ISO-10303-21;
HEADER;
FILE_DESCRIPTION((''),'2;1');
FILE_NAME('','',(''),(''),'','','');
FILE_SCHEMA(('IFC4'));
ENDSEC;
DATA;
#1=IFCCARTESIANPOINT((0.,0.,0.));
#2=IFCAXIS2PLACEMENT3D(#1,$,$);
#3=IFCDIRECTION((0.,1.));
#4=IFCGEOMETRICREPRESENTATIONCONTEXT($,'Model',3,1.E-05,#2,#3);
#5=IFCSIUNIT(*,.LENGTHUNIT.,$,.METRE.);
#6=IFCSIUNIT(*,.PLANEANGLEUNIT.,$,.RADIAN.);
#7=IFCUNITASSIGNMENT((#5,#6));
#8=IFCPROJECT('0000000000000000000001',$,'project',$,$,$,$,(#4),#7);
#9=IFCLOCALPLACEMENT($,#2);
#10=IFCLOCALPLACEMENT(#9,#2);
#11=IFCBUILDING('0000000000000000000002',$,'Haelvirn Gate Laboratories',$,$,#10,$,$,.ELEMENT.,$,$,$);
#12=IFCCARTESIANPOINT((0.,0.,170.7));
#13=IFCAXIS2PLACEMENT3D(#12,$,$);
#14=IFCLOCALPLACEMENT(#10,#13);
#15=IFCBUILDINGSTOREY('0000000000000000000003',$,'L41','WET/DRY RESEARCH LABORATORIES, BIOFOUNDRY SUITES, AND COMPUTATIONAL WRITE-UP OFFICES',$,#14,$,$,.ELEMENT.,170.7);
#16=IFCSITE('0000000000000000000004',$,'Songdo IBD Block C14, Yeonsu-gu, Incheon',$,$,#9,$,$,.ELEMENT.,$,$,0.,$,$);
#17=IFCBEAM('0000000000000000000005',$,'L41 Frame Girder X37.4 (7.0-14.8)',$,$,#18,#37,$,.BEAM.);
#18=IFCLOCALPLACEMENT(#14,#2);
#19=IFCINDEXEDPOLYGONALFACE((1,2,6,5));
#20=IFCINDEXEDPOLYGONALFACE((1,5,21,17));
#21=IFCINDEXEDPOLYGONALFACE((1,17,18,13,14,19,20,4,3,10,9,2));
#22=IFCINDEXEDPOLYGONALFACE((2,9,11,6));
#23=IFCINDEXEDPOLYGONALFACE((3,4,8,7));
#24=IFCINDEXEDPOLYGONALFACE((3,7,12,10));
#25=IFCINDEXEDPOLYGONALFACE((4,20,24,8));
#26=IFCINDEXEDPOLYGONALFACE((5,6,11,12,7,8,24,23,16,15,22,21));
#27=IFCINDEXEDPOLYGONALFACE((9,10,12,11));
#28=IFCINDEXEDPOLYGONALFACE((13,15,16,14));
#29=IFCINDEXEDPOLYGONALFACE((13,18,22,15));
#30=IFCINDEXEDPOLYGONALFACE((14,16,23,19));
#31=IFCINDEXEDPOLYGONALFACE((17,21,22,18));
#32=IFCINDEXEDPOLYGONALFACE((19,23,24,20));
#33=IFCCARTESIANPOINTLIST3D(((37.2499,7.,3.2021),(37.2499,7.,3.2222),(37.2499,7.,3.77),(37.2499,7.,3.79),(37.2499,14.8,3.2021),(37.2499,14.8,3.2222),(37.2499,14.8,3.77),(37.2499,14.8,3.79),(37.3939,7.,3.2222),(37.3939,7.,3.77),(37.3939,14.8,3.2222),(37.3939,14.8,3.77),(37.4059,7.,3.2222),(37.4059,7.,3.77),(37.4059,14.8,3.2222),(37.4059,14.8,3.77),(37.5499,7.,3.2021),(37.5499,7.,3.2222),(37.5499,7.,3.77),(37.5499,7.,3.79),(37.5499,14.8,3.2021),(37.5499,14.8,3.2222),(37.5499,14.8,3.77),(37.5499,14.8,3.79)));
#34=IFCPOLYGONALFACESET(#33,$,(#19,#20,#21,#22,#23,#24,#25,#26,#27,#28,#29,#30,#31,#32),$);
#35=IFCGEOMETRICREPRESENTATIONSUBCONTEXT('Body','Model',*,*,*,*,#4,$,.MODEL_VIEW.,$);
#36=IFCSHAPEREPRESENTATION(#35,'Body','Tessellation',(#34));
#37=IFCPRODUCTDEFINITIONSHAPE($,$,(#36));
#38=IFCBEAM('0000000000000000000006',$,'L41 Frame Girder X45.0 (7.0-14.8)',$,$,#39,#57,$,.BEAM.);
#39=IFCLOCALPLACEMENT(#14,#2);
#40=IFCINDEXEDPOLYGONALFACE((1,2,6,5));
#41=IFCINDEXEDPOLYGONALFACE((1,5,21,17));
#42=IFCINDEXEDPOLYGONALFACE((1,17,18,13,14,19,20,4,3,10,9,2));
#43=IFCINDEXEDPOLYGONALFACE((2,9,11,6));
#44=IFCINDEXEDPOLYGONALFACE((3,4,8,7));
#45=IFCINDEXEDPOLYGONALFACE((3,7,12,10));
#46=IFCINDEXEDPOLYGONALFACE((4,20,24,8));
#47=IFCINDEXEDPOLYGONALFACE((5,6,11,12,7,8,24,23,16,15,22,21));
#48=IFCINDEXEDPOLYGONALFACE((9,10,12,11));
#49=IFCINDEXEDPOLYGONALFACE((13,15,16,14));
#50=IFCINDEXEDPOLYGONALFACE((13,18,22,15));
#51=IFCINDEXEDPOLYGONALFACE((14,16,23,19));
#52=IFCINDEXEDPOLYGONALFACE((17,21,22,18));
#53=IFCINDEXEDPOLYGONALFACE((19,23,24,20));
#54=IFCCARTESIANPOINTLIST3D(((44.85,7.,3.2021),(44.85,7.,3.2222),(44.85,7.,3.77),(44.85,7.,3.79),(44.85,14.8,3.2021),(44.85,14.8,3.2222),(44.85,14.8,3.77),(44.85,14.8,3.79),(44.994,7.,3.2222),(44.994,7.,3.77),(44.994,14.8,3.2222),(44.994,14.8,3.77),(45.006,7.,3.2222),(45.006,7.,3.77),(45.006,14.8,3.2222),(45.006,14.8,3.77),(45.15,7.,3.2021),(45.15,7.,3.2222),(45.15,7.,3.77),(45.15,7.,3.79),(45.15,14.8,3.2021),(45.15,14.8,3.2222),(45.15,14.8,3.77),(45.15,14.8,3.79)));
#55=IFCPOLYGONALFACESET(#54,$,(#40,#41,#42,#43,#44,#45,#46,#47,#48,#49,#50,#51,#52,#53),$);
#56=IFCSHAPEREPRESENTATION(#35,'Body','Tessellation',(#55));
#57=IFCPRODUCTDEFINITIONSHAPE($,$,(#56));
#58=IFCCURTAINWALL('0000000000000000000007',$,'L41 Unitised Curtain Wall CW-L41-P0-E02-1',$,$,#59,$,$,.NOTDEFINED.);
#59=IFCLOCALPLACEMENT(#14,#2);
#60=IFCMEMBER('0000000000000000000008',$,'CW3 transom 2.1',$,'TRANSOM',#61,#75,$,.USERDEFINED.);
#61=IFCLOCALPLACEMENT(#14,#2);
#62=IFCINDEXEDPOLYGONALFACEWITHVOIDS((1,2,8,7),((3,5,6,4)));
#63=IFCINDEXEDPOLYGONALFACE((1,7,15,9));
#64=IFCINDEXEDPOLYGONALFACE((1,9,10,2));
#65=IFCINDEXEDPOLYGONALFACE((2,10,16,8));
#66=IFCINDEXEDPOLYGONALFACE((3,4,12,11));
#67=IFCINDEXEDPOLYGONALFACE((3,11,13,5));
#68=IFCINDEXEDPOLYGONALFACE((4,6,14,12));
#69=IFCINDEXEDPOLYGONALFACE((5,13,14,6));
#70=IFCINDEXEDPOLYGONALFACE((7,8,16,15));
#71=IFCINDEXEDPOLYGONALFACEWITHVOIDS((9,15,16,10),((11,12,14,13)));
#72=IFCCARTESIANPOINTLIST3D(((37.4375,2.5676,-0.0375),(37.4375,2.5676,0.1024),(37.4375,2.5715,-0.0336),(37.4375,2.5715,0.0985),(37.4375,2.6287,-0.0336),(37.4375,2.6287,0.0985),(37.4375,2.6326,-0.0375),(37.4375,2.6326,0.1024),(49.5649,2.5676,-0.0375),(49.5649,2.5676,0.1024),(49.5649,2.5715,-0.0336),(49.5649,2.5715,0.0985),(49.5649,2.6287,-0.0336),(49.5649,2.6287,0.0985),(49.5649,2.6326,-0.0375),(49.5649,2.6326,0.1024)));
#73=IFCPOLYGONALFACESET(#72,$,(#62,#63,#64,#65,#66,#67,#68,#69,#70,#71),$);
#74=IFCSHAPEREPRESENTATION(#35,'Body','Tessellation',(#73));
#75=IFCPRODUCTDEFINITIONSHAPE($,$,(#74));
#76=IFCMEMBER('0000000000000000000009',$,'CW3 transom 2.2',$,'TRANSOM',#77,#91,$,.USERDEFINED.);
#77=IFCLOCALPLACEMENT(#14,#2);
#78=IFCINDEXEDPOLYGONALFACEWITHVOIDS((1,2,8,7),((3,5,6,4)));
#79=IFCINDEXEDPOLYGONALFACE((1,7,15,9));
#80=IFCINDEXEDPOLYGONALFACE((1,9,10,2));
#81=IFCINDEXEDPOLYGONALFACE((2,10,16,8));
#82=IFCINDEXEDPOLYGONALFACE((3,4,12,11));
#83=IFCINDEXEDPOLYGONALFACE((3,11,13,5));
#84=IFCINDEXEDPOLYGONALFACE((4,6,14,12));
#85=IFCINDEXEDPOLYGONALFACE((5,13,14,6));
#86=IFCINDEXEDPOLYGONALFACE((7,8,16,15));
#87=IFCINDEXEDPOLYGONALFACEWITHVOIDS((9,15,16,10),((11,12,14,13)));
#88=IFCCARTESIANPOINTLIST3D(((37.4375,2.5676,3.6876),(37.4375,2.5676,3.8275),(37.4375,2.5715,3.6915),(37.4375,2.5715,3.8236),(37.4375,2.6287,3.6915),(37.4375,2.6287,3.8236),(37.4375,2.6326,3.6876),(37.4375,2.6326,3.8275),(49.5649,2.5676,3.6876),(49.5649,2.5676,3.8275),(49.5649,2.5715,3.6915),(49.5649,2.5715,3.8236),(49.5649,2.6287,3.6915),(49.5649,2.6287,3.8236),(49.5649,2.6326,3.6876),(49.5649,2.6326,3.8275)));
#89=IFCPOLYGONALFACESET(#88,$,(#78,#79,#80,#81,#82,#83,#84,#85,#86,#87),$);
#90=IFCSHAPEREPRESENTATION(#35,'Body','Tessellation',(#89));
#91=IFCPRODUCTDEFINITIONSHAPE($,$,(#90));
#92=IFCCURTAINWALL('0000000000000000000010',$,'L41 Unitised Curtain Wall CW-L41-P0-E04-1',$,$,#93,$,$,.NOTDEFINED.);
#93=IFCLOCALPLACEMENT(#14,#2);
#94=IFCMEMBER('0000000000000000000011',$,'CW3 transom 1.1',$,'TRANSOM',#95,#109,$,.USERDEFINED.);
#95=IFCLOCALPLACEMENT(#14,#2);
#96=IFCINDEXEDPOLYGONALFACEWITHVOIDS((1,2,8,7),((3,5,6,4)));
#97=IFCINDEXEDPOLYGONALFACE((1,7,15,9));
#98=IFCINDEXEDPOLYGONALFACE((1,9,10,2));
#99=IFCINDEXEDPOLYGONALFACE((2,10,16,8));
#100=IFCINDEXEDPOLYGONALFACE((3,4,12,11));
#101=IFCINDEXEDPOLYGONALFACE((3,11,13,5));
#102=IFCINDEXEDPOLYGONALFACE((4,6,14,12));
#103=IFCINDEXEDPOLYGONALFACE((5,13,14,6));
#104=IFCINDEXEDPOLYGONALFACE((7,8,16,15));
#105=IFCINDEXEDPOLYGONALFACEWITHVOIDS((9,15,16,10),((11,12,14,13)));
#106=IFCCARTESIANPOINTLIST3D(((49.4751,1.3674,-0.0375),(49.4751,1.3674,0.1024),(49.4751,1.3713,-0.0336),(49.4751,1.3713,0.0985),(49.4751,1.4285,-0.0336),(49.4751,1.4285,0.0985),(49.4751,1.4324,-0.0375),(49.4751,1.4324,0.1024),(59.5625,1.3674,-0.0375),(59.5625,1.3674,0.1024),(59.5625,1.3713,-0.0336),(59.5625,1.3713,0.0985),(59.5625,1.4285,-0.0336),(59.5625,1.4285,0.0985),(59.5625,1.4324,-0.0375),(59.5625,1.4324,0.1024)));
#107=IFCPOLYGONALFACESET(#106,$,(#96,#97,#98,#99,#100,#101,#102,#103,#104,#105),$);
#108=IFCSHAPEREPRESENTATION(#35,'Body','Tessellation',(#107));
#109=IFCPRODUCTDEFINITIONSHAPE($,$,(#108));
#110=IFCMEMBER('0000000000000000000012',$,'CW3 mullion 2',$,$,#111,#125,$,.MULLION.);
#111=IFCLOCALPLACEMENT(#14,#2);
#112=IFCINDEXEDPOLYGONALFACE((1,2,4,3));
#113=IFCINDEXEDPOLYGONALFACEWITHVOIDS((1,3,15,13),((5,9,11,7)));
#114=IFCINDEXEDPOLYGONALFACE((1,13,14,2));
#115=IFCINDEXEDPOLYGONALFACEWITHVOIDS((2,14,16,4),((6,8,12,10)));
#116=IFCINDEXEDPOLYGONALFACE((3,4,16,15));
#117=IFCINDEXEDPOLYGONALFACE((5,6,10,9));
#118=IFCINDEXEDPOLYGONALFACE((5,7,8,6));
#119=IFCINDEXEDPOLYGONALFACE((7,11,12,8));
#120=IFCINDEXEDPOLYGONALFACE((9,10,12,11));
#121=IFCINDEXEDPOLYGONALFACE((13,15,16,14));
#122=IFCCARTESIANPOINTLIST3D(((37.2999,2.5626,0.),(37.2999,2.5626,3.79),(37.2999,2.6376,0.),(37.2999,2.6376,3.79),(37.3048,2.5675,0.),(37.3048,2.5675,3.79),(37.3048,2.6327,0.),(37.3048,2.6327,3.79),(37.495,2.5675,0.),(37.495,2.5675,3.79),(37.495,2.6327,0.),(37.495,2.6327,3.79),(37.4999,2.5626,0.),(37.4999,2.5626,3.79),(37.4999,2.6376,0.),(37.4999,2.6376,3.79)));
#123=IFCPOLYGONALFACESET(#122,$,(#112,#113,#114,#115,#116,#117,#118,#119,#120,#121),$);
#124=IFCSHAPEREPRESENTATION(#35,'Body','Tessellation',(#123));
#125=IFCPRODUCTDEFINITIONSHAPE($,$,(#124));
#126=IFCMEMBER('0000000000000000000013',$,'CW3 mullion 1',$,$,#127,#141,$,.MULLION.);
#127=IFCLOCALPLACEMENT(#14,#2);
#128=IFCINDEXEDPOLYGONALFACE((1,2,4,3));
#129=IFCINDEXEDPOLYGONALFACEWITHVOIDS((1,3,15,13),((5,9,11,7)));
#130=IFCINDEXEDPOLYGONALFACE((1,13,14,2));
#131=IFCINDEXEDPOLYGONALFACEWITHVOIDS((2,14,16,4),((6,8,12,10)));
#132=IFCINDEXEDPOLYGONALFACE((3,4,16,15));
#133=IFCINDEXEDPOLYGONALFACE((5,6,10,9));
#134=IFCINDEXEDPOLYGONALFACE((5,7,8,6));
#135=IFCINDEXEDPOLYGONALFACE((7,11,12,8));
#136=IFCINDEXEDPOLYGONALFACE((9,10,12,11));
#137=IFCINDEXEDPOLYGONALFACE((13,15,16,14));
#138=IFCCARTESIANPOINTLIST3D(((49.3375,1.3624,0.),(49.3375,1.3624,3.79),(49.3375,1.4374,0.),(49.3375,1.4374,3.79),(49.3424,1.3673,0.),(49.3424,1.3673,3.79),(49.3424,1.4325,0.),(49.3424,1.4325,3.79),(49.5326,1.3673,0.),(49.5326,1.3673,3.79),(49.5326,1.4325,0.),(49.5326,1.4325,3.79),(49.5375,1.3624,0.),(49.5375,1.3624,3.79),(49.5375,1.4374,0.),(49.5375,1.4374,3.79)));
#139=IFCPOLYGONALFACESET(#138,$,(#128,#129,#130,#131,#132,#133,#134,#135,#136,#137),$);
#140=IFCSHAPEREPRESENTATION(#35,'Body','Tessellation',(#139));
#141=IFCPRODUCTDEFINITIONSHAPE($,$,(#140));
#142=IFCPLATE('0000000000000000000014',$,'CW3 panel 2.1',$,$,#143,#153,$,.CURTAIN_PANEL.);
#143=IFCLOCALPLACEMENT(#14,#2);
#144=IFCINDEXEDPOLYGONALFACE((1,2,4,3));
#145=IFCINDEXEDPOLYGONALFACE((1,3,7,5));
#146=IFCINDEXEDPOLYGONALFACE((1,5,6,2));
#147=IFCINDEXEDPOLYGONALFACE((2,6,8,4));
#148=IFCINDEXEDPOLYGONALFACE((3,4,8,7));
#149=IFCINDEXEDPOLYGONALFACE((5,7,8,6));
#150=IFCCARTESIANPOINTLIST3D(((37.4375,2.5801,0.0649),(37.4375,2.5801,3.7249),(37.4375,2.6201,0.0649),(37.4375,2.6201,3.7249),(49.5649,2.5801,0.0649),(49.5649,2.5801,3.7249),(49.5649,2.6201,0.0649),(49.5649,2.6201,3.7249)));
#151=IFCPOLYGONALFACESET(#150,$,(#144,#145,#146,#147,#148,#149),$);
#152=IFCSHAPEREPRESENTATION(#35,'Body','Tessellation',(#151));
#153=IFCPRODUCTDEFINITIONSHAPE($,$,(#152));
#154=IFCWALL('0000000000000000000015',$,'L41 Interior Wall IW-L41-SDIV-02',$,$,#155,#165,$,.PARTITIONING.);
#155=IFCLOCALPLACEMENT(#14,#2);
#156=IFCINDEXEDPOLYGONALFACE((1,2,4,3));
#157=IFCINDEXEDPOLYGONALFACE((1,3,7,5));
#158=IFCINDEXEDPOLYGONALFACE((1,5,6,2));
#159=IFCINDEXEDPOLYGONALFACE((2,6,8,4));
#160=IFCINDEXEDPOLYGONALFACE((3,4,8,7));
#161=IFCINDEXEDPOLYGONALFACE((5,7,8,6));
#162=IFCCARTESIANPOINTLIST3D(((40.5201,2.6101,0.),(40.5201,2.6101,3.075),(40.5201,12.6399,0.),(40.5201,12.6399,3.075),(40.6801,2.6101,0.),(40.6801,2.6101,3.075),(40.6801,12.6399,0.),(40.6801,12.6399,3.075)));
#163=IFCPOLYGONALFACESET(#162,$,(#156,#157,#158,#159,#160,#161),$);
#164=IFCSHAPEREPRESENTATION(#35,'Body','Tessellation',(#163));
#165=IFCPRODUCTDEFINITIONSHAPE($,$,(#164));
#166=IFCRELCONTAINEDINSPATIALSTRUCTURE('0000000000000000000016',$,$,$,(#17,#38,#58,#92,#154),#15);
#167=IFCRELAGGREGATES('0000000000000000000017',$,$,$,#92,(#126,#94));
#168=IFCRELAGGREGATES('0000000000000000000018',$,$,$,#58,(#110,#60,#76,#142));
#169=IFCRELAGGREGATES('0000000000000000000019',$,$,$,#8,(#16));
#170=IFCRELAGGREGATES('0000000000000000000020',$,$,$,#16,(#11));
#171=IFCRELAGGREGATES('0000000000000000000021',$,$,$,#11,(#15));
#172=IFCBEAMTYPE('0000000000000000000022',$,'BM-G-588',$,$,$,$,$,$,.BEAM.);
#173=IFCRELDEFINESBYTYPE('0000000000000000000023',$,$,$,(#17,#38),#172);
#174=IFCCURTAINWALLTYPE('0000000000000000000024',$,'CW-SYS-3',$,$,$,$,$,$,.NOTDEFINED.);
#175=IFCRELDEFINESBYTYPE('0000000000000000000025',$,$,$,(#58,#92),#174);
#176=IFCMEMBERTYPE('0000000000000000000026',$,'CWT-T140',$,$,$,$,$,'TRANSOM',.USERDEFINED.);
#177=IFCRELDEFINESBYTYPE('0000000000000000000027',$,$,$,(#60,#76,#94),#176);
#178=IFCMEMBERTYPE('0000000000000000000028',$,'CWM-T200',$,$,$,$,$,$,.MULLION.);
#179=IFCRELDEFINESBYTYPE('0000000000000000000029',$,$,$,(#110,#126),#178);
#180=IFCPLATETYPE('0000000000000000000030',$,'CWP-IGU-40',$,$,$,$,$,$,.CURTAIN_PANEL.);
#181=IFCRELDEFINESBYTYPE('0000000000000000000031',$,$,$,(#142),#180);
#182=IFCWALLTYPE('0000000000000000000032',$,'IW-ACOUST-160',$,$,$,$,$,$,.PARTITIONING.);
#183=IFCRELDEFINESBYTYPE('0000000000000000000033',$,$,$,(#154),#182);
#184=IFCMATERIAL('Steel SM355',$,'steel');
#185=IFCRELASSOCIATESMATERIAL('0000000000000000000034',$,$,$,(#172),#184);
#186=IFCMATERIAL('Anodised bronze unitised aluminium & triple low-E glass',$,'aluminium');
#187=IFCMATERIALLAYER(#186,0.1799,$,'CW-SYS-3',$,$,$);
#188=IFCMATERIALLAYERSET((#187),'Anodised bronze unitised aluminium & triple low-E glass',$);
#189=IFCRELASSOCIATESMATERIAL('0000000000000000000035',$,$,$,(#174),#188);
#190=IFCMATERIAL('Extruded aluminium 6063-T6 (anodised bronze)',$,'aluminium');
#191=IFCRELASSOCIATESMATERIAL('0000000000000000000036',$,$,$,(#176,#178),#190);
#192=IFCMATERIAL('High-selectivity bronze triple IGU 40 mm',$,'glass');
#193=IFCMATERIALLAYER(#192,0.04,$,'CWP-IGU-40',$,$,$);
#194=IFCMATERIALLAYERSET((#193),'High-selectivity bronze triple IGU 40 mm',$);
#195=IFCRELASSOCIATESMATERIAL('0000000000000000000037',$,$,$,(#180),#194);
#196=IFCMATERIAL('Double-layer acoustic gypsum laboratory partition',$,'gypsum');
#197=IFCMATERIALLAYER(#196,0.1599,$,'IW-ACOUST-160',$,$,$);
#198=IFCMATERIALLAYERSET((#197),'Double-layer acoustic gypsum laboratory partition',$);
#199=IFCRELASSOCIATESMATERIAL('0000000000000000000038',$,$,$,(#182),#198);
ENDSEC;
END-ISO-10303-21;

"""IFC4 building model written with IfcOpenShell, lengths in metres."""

from ifc_helpers import new_model, si_unit, direction, frame, frame_2d, origin, origin_2d, place, context, subcontext, project, spatial, rectangle, hollow_rectangle, i_section, extrude, source, transform, mapped, material, layer, layer_set, material_profile, profile_set, type_object, type_shapes, element, aggregate, save


model = new_model("IFC4")

# Units and contexts
model_context = context("Model", 3, precision=1e-05, world=origin(), true_north=direction((0.0, 1.0)))
body_context = subcontext(model_context, "Body", "Model", "MODEL_VIEW")
ifc_project = project(units=[si_unit("LENGTHUNIT", "METRE"), si_unit("PLANEANGLEUNIT", "RADIAN")], contexts=[model_context])

# Site, building, storey
site_placement = place(None, origin())
site = spatial("IfcSite", under=ifc_project, at=site_placement, Name="Songdo IBD Block C14, Yeonsu-gu, Incheon", CompositionType="ELEMENT", RefElevation=0.0)
building_placement = place(site_placement, origin())
building = spatial("IfcBuilding", under=site, at=building_placement, Name="Haelvirn Gate Laboratories", CompositionType="ELEMENT")
storey_placement = place(building_placement, frame((0.0, 0.0, 170.7)))
storey = spatial("IfcBuildingStorey", under=building, at=storey_placement, Name="L41", Description="WET/DRY RESEARCH LABORATORIES, BIOFOUNDRY SUITES, AND COMPUTATIONAL WRITE-UP OFFICES", CompositionType="ELEMENT", Elevation=170.7)

# Shared definitions
ifc_material_1 = material(Name="Steel SM355", Category="steel")

# Beams
ifc_material_profile_1 = material_profile(ifc_material_1, i_section(OverallWidth=0.3, OverallDepth=0.5879, WebThickness=0.012, FlangeThickness=0.02, at=origin_2d()), Name="H-588x300x12x20")
ifc_profile_set_1 = profile_set([ifc_material_profile_1], Name="Steel SM355")
beam_type_1 = type_object("IfcBeamType", Name="BM-G-588", PredefinedType="BEAM", material=ifc_profile_set_1)
shared_shape_1 = source(origin(), body_context, "Body", "SweptSolid", [
    extrude(i_section(OverallWidth=0.3, OverallDepth=0.5879, WebThickness=0.012, FlangeThickness=0.02, at=origin_2d()), origin(), (0.0, 0.0, 1.0), 7.8),
])
type_shapes(beam_type_1, [shared_shape_1])
for number, where, z_axis, x_axis, name in (
    (1, (37.3999, 7.0, 3.4961), (0.0, 1.0, 0.0), (-1.0, 0.0, 0.0), "L41 Frame Girder X37.4 (7.0-14.8)"),
    (2, (45.0, 7.0, 3.4961), (0.0, 1.0, 0.0), (-1.0, 0.0, 0.0), "L41 Frame Girder X45.0 (7.0-14.8)"),
):
    element("IfcBeam", number, at=place(storey_placement, frame(where, z_axis=z_axis, x_axis=x_axis)), inside=storey, type_object=beam_type_1, Name=name, PredefinedType="BEAM", context=body_context, shape_type="MappedRepresentation", body=[
        mapped(shared_shape_1, transform((0.0, 0.0, 0.0), scale=1.0)),
    ])

# Curtain wall, members
ifc_material_2 = material(Name="Anodised bronze unitised aluminium & triple low-E glass", Category="aluminium")
ifc_layer_1 = layer(ifc_material_2, 0.1799, Name="CW-SYS-3")
ifc_layer_set_1 = layer_set([ifc_layer_1], Name="Anodised bronze unitised aluminium & triple low-E glass")
curtain_wall_type = type_object("IfcCurtainWallType", Name="CW-SYS-3", PredefinedType="NOTDEFINED", material=ifc_layer_set_1)
curtain_wall_1_placement = place(storey_placement, origin())
curtain_wall_1 = element("IfcCurtainWall", 3, at=curtain_wall_1_placement, inside=storey, type_object=curtain_wall_type, Name="L41 Unitised Curtain Wall CW-L41-P0-E02-1", PredefinedType="NOTDEFINED")
ifc_material_3 = material(Name="Extruded aluminium 6063-T6 (anodised bronze)", Category="aluminium")
ifc_material_profile_2 = material_profile(ifc_material_3, hollow_rectangle(XDim=0.0649, YDim=0.1399, WallThickness=0.0039, at=origin_2d()), Name="CWT-140x65x4")
ifc_profile_set_2 = profile_set([ifc_material_profile_2], Name="Extruded aluminium 6063-T6 (anodised bronze)")
member_type_1 = type_object("IfcMemberType", Name="CWT-T140", ElementType="TRANSOM", PredefinedType="USERDEFINED", material=ifc_profile_set_2)
shared_shape_2 = source(origin(), body_context, "Body", "SweptSolid", [
    extrude(hollow_rectangle(XDim=0.0649, YDim=0.1399, WallThickness=0.0039, at=origin_2d()), origin(), (0.0, 0.0, 1.0), 12.1274),
])
member_1_placement = place(storey_placement, frame((37.4375, 2.6001, 0.0325), z_axis=(1.0, 0.0, 0.0), x_axis=(0.0, 1.0, 0.0)))
member_1 = element("IfcMember", 4, at=member_1_placement, type_object=member_type_1, Name="CW3 transom 2.1", ObjectType="TRANSOM", PredefinedType="USERDEFINED", context=body_context, shape_type="MappedRepresentation", body=[
    mapped(shared_shape_2, transform((0.0, 0.0, 0.0), scale=1.0)),
])
member_2_placement = place(storey_placement, frame((37.4375, 2.6001, 3.7576), z_axis=(1.0, 0.0, 0.0), x_axis=(0.0, 1.0, 0.0)))
member_2 = element("IfcMember", 5, at=member_2_placement, type_object=member_type_1, Name="CW3 transom 2.2", ObjectType="TRANSOM", PredefinedType="USERDEFINED", context=body_context, shape_type="MappedRepresentation", body=[
    mapped(shared_shape_2, transform((0.0, 0.0, 0.0), scale=1.0)),
])

# Curtain wall, member
curtain_wall_2_placement = place(storey_placement, origin())
curtain_wall_2 = element("IfcCurtainWall", 6, at=curtain_wall_2_placement, inside=storey, type_object=curtain_wall_type, Name="L41 Unitised Curtain Wall CW-L41-P0-E04-1", PredefinedType="NOTDEFINED")
shared_shape_3 = source(origin(), body_context, "Body", "SweptSolid", [
    extrude(hollow_rectangle(XDim=0.0649, YDim=0.1399, WallThickness=0.0039, at=origin_2d()), origin(), (0.0, 0.0, 1.0), 10.0874),
])
type_shapes(member_type_1, [shared_shape_2, shared_shape_3])
member_3_placement = place(storey_placement, frame((49.4751, 1.3999, 0.0325), z_axis=(1.0, 0.0, 0.0), x_axis=(0.0, 1.0, 0.0)))
member_3 = element("IfcMember", 7, at=member_3_placement, type_object=member_type_1, Name="CW3 transom 1.1", ObjectType="TRANSOM", PredefinedType="USERDEFINED", context=body_context, shape_type="MappedRepresentation", body=[
    mapped(shared_shape_3, transform((0.0, 0.0, 0.0), scale=1.0)),
])

# Members
ifc_material_profile_3 = material_profile(ifc_material_3, hollow_rectangle(XDim=0.075, YDim=0.2, WallThickness=0.0049, at=origin_2d()), Name="CWM-200x75x5")
ifc_profile_set_3 = profile_set([ifc_material_profile_3], Name="Extruded aluminium 6063-T6 (anodised bronze)")
member_type_2 = type_object("IfcMemberType", Name="CWM-T200", PredefinedType="MULLION", material=ifc_profile_set_3)
shared_shape_4 = source(origin(), body_context, "Body", "SweptSolid", [
    extrude(hollow_rectangle(XDim=0.075, YDim=0.2, WallThickness=0.0049, at=origin_2d()), origin(), (0.0, 0.0, 1.0), 3.79),
])
type_shapes(member_type_2, [shared_shape_4])
member_4_placement = place(storey_placement, frame((37.3999, 2.6001, 0.0), z_axis=(0.0, 0.0, 1.0), x_axis=(0.0, 1.0, 0.0)))
member_4 = element("IfcMember", 8, at=member_4_placement, type_object=member_type_2, Name="CW3 mullion 2", PredefinedType="MULLION", context=body_context, shape_type="MappedRepresentation", body=[
    mapped(shared_shape_4, transform((0.0, 0.0, 0.0), scale=1.0)),
])
member_5_placement = place(storey_placement, frame((49.4375, 1.3999, 0.0), z_axis=(0.0, 0.0, 1.0), x_axis=(0.0, 1.0, 0.0)))
member_5 = element("IfcMember", 9, at=member_5_placement, type_object=member_type_2, Name="CW3 mullion 1", PredefinedType="MULLION", context=body_context, shape_type="MappedRepresentation", body=[
    mapped(shared_shape_4, transform((0.0, 0.0, 0.0), scale=1.0)),
])
aggregate(curtain_wall_2, [member_5, member_3])

# Plate
ifc_material_4 = material(Name="High-selectivity bronze triple IGU 40 mm", Category="glass")
ifc_layer_2 = layer(ifc_material_4, 0.04, Name="CWP-IGU-40")
ifc_layer_set_2 = layer_set([ifc_layer_2], Name="High-selectivity bronze triple IGU 40 mm")
plate_type = type_object("IfcPlateType", Name="CWP-IGU-40", PredefinedType="CURTAIN_PANEL", material=ifc_layer_set_2)
shared_shape_5 = source(origin(), body_context, "Body", "SweptSolid", [
    extrude(rectangle(XDim=12.1274, YDim=0.04, at=origin_2d()), origin(), (0.0, 0.0, 1.0), 3.6599),
])
type_shapes(plate_type, [shared_shape_5])
plate_placement = place(storey_placement, frame((43.5012, 2.6001, 0.0649), z_axis=(0.0, 0.0, 1.0), x_axis=(1.0, 0.0, 0.0)))
plate = element("IfcPlate", 10, at=plate_placement, type_object=plate_type, Name="CW3 panel 2.1", PredefinedType="CURTAIN_PANEL", context=body_context, shape_type="MappedRepresentation", body=[
    mapped(shared_shape_5, transform((0.0, 0.0, 0.0), scale=1.0)),
])
aggregate(curtain_wall_1, [member_4, member_1, member_2, plate])

# Wall
ifc_material_5 = material(Name="Double-layer acoustic gypsum laboratory partition", Category="gypsum")
ifc_layer_3 = layer(ifc_material_5, 0.1599, Name="IW-ACOUST-160")
ifc_layer_set_3 = layer_set([ifc_layer_3], Name="Double-layer acoustic gypsum laboratory partition")
wall_type_1 = type_object("IfcWallType", Name="IW-ACOUST-160", PredefinedType="PARTITIONING", material=ifc_layer_set_3)
wall_1_placement = place(storey_placement, frame((40.6001, 2.6101, 0.0), z_axis=(0.0, 0.0, 1.0), x_axis=(0.0, 1.0, 0.0)))
element("IfcWall", 11, at=wall_1_placement, inside=storey, type_object=wall_type_1, Name="L41 Interior Wall IW-L41-SDIV-02", PredefinedType="PARTITIONING", context=body_context, shape_type="SweptSolid", body=[
    extrude(rectangle(XDim=10.0298, YDim=0.1599, at=frame_2d((5.0149, 0.0))), origin(), (0.0, 0.0, 1.0), 3.075),
])

save(model, "model.ifc")
